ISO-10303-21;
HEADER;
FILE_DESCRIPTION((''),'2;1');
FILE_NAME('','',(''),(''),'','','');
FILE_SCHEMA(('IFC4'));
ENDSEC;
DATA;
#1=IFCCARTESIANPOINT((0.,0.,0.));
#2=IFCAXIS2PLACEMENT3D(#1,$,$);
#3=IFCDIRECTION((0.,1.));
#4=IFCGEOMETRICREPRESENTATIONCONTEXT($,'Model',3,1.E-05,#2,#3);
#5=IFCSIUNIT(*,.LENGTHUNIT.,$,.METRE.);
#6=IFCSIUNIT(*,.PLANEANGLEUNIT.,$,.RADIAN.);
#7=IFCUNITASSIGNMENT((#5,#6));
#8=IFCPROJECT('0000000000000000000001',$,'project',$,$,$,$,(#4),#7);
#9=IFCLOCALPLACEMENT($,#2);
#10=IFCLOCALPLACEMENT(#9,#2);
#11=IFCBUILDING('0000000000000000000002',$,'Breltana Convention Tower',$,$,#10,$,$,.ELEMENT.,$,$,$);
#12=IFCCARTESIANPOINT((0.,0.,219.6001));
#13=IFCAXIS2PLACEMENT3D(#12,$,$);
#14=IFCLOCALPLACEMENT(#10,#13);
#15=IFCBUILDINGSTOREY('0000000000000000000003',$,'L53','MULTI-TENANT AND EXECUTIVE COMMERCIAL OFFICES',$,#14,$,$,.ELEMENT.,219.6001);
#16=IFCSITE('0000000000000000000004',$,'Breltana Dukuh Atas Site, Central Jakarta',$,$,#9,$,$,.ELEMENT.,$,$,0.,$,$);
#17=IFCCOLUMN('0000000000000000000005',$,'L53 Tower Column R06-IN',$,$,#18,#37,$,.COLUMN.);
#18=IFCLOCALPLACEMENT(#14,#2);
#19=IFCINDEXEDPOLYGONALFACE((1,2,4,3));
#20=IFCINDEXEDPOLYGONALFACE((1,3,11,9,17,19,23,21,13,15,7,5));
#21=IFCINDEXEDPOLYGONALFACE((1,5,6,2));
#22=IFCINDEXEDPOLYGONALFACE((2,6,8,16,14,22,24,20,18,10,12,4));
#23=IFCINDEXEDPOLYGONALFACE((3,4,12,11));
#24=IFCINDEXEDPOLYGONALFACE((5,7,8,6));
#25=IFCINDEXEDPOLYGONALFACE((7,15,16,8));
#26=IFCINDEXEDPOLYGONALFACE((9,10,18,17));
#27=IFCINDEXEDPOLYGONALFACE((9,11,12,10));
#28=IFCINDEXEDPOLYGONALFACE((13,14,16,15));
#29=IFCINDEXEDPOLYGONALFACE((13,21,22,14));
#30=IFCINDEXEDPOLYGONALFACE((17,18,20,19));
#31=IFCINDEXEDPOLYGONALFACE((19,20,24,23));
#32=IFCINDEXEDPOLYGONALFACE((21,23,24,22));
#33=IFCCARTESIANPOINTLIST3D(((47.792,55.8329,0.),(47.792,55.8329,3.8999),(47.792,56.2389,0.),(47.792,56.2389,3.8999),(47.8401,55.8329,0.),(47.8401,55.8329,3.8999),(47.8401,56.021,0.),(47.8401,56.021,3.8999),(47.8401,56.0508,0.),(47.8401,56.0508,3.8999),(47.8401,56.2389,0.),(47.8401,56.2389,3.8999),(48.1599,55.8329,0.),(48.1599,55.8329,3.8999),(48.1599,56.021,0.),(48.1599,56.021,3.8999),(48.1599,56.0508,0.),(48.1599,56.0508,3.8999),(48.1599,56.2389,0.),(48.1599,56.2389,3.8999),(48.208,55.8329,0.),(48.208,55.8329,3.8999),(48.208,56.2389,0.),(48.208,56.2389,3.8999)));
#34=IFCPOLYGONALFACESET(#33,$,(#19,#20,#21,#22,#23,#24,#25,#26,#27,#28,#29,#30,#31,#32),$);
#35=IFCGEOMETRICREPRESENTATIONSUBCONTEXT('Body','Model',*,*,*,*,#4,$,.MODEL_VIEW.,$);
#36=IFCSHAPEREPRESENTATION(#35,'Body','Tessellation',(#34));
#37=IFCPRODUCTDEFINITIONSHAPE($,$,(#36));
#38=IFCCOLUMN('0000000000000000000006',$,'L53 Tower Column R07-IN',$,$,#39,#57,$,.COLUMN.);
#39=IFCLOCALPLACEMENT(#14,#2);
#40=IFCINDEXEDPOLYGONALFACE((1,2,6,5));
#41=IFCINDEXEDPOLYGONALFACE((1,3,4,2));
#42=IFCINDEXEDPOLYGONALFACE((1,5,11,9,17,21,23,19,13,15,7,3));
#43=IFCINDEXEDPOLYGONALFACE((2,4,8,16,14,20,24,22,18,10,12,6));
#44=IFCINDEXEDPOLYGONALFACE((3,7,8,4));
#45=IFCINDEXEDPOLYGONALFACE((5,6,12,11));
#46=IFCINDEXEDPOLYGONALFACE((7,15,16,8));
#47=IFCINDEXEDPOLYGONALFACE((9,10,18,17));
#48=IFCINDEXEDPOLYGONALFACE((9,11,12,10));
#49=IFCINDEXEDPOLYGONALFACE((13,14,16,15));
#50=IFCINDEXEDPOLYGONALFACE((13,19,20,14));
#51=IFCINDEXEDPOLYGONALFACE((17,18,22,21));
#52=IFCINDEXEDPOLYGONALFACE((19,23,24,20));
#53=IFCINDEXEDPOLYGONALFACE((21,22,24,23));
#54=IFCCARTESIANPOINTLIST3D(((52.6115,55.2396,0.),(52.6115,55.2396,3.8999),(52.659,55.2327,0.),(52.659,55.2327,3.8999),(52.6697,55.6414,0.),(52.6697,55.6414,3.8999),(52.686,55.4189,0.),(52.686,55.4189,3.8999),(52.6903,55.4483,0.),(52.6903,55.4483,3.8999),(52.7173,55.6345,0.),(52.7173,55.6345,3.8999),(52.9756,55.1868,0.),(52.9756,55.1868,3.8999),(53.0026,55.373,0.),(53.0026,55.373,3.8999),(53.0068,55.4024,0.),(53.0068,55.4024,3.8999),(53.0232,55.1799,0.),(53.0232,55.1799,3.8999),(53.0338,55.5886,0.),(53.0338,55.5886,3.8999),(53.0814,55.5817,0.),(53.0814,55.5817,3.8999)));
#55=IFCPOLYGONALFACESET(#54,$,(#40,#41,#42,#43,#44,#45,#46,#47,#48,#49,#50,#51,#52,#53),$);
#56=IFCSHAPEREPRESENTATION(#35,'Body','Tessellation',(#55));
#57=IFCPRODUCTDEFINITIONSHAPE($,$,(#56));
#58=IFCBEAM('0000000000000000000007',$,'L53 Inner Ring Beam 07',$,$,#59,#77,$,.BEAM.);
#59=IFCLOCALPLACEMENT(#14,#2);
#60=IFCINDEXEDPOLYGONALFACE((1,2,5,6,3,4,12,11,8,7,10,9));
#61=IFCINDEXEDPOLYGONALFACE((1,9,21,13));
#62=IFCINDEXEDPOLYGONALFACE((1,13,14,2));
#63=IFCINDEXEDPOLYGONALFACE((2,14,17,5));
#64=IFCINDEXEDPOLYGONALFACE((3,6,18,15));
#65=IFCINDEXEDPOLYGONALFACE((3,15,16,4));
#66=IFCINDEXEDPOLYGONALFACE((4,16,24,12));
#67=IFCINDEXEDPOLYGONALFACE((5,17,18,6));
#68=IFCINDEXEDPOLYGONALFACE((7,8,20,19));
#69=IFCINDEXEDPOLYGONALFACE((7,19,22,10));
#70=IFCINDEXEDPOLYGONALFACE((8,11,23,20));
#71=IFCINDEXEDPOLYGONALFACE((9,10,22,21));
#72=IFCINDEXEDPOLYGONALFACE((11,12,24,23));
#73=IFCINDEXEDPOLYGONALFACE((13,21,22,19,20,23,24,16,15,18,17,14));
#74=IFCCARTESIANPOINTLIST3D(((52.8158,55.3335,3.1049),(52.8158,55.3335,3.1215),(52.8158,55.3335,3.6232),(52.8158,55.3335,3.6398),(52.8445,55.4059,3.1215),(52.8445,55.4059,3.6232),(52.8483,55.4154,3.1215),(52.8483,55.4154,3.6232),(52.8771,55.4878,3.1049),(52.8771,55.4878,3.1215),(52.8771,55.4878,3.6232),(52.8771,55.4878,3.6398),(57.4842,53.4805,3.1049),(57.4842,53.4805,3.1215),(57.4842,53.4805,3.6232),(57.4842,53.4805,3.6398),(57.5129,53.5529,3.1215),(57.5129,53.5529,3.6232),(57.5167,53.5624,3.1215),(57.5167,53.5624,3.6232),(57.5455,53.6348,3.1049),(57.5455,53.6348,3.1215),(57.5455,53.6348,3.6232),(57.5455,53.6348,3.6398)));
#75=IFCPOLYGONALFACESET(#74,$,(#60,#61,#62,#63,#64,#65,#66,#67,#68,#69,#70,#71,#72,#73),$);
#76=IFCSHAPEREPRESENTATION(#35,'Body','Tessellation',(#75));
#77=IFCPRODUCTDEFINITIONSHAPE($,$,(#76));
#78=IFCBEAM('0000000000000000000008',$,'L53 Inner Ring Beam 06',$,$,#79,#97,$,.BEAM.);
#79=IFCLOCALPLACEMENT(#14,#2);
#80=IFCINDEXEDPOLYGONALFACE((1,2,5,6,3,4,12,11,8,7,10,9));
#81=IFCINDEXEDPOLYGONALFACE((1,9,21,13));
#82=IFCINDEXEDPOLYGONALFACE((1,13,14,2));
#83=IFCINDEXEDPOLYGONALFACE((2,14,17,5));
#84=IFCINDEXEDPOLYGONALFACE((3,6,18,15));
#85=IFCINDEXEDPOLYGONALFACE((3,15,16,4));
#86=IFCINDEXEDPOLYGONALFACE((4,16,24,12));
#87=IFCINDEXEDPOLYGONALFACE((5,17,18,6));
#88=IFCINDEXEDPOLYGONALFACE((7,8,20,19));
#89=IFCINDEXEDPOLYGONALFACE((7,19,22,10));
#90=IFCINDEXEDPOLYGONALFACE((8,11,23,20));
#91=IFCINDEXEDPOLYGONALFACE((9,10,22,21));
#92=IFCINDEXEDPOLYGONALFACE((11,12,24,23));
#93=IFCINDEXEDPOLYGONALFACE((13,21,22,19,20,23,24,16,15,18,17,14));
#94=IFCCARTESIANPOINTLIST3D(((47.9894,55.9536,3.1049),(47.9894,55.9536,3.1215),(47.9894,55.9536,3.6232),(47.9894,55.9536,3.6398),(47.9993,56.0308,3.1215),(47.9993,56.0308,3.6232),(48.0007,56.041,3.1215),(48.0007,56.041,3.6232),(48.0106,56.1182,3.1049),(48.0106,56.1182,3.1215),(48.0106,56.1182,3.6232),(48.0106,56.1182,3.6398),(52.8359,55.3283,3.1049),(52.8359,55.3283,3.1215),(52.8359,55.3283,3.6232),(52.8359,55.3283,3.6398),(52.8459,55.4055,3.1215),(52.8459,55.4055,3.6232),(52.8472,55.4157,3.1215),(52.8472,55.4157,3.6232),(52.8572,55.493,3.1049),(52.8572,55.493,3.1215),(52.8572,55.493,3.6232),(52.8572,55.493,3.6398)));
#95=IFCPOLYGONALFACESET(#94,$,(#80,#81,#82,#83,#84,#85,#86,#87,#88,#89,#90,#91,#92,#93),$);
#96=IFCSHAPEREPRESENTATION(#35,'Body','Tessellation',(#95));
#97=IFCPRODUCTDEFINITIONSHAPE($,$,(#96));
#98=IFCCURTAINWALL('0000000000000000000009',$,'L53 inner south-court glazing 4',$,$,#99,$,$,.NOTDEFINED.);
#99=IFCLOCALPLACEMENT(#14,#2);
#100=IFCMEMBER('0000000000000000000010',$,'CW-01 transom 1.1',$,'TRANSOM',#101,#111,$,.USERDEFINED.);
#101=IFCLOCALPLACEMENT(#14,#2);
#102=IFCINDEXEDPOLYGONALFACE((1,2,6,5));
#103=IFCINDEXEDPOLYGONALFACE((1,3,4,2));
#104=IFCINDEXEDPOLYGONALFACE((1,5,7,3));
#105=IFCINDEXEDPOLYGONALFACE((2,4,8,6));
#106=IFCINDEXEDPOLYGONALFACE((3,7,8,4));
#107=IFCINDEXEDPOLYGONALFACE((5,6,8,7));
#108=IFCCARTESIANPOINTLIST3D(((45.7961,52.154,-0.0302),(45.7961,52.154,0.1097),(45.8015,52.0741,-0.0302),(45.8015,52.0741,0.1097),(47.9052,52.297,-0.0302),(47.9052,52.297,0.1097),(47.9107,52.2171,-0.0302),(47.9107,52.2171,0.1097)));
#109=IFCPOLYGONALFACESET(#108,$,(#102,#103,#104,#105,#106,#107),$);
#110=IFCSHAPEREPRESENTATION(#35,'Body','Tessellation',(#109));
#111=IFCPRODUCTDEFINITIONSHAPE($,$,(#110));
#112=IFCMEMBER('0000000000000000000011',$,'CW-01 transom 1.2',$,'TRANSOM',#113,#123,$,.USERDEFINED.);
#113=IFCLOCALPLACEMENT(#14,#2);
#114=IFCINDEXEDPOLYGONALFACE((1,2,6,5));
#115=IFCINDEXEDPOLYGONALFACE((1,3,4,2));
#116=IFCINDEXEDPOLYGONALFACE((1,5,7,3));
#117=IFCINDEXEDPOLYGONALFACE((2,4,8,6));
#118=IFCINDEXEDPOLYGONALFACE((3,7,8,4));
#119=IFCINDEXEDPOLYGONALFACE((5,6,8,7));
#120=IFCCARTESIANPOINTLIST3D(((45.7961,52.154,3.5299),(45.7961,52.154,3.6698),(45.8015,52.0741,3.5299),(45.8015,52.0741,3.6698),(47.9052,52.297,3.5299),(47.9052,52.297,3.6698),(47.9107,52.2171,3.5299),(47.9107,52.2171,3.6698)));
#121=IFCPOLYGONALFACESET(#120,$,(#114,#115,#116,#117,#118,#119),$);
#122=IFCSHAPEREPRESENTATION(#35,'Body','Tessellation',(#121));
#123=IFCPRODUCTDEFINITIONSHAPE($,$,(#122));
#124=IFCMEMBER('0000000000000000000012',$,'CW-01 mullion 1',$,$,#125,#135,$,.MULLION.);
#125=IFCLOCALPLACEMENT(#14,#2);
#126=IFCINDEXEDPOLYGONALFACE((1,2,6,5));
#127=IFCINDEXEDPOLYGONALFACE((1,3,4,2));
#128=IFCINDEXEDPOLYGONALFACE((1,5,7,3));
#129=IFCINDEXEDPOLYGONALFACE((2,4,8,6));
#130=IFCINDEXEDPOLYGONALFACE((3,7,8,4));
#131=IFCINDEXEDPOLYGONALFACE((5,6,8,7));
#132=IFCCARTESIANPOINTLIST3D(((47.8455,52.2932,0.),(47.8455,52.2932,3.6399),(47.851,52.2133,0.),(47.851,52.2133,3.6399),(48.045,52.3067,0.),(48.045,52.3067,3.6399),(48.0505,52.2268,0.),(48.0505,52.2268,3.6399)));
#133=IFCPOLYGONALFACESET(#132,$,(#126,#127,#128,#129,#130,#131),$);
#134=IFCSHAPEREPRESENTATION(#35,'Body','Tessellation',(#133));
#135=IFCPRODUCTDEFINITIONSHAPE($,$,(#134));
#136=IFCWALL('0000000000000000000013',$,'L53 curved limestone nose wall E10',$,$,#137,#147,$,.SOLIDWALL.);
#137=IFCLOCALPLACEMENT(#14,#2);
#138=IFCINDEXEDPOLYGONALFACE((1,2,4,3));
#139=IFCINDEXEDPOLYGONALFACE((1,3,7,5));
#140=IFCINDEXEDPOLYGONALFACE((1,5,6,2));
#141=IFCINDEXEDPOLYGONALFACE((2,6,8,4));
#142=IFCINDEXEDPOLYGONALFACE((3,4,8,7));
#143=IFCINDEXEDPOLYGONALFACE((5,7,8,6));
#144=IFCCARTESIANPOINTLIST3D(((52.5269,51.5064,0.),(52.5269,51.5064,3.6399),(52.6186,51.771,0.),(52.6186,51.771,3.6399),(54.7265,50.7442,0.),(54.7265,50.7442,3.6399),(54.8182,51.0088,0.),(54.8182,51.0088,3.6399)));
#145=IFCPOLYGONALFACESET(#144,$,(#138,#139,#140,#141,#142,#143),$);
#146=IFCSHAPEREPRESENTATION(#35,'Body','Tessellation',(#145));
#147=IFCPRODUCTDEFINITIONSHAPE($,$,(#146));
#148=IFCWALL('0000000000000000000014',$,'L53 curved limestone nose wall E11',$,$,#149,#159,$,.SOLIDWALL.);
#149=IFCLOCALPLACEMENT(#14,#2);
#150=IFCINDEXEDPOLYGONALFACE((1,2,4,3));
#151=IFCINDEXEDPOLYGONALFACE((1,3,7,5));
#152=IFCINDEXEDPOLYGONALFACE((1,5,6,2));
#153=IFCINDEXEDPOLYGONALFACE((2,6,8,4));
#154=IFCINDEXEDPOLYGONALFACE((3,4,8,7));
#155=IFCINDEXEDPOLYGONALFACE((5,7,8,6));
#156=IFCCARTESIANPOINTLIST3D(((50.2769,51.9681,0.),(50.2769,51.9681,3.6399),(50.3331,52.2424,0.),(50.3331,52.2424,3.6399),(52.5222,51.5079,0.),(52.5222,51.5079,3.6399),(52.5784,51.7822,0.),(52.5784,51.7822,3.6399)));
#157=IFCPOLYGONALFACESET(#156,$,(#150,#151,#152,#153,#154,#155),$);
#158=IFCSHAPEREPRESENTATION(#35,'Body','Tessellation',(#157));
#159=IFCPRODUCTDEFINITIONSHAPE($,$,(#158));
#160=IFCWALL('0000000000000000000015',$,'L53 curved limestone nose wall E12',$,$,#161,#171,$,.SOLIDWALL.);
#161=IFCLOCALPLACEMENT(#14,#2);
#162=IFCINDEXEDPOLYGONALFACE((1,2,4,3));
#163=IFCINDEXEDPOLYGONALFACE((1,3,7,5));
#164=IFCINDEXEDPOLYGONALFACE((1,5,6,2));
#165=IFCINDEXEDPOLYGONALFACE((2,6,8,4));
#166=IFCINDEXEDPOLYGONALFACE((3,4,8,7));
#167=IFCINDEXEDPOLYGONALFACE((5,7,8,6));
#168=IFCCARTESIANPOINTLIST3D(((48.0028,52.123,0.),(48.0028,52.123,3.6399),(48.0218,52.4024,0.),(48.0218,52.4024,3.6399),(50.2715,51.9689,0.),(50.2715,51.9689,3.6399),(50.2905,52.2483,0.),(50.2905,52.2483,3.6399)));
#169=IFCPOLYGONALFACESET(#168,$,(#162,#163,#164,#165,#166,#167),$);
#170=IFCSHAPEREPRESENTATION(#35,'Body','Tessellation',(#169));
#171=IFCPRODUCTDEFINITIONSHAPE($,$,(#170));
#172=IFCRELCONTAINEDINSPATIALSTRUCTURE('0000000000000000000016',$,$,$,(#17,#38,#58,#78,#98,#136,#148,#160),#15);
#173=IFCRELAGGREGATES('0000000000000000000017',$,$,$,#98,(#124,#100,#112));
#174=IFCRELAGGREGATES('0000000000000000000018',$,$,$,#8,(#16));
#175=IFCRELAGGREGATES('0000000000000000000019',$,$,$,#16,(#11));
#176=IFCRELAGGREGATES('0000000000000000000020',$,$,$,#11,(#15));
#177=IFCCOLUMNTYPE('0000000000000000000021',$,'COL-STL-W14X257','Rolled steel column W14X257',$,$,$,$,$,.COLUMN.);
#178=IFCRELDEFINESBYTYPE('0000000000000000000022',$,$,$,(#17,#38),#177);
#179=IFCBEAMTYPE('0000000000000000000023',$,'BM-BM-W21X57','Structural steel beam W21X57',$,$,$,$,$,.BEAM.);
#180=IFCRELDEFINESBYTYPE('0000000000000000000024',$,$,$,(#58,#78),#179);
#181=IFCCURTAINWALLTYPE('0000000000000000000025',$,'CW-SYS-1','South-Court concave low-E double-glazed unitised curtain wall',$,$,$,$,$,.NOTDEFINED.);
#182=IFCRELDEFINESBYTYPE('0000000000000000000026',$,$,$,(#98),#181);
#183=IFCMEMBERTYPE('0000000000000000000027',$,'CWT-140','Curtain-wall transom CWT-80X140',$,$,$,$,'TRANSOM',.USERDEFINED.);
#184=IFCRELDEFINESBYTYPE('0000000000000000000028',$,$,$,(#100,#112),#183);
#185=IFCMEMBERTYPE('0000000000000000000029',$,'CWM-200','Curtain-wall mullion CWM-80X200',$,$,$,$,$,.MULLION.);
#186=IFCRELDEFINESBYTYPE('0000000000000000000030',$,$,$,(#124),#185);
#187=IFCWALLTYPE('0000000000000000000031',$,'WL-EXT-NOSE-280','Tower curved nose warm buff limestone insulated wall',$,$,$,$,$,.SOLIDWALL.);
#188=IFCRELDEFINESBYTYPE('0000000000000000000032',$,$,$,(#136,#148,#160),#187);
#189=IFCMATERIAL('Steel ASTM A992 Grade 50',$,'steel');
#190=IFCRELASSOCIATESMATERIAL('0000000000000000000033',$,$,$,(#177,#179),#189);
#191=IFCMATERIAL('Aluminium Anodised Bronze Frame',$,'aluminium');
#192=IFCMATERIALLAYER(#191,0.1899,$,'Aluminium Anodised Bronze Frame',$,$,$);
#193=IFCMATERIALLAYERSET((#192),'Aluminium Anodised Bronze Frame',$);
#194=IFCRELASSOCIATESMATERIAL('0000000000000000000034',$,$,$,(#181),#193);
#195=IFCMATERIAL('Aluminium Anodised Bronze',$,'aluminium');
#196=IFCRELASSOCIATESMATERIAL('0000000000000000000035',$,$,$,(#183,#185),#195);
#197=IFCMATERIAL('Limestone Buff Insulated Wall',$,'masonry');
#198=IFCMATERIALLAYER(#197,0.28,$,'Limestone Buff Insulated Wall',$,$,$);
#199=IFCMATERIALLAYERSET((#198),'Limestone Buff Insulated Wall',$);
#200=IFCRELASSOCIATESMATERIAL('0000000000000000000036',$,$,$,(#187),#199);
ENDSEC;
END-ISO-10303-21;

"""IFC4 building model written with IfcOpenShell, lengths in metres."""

from ifc_helpers import new_model, si_unit, direction, frame, frame_2d, origin, origin_2d, place, context, subcontext, project, spatial, rectangle, i_section, extrude, source, transform, mapped, material, layer, layer_set, material_profile, profile_set, type_object, element, aggregate, save


model = new_model("IFC4")

# Units and contexts
model_context = context("Model", 3, precision=1e-05, world=origin(), true_north=direction((0.0, 1.0)))
body_context = subcontext(model_context, "Body", "Model", "MODEL_VIEW")
ifc_project = project(units=[si_unit("LENGTHUNIT", "METRE"), si_unit("PLANEANGLEUNIT", "RADIAN")], contexts=[model_context])

# Site, building, storey
site_placement = place(None, origin())
site = spatial("IfcSite", under=ifc_project, at=site_placement, Name="Breltana Dukuh Atas Site, Central Jakarta", CompositionType="ELEMENT", RefElevation=0.0)
building_placement = place(site_placement, origin())
building = spatial("IfcBuilding", under=site, at=building_placement, Name="Breltana Convention Tower", CompositionType="ELEMENT")
storey_placement = place(building_placement, frame((0.0, 0.0, 219.6001)))
storey = spatial("IfcBuildingStorey", under=building, at=storey_placement, Name="L53", Description="MULTI-TENANT AND EXECUTIVE COMMERCIAL OFFICES", CompositionType="ELEMENT", Elevation=219.6001)

# Columns
ifc_material_1 = material(Name="Steel ASTM A992 Grade 50", Category="steel")
ifc_material_profile_1 = material_profile(ifc_material_1, i_section(OverallWidth=0.406, OverallDepth=0.416, WebThickness=0.0298, FlangeThickness=0.0481, at=origin_2d()), Name="W14X257")
ifc_profile_set_1 = profile_set([ifc_material_profile_1], Name="Steel ASTM A992 Grade 50")
column_type = type_object("IfcColumnType", Name="COL-STL-W14X257", Description="Rolled steel column W14X257", PredefinedType="COLUMN", material=ifc_profile_set_1)
shared_shape_1 = source(origin(), body_context, "Body", "SweptSolid", [
    extrude(i_section(OverallWidth=0.406, OverallDepth=0.416, WebThickness=0.0298, FlangeThickness=0.0481, at=origin_2d()), origin(), (0.0, 0.0, 1.0), 3.8999),
])
for number, where, z_axis, x_axis, name in (
    (1, (48.0, 56.0359, 0.0), (0.0, 0.0, 1.0), (0.0, 1.0, 0.0), "L53 Tower Column R06-IN"),
    (2, (52.8464, 55.4106, 0.0), (0.0, 0.0, 1.0), (0.143493, 0.989651, 0.0), "L53 Tower Column R07-IN"),
):
    element("IfcColumn", number, at=place(storey_placement, frame(where, z_axis=z_axis, x_axis=x_axis)), inside=storey, type_object=column_type, Name=name, PredefinedType="COLUMN", context=body_context, shape_type="MappedRepresentation", body=[
        mapped(shared_shape_1, transform((0.0, 0.0, 0.0), scale=1.0)),
    ])

# Beams
ifc_material_profile_2 = material_profile(ifc_material_1, i_section(OverallWidth=0.166, OverallDepth=0.5349, WebThickness=0.0103, FlangeThickness=0.0166, at=origin_2d()), Name="W21X57")
ifc_profile_set_2 = profile_set([ifc_material_profile_2], Name="Steel ASTM A992 Grade 50")
beam_type = type_object("IfcBeamType", Name="BM-BM-W21X57", Description="Structural steel beam W21X57", PredefinedType="BEAM", material=ifc_profile_set_2)
shared_shape_2 = source(origin(), body_context, "Body", "SweptSolid", [
    extrude(i_section(OverallWidth=0.166, OverallDepth=0.5349, WebThickness=0.0103, FlangeThickness=0.0166, at=origin_2d()), origin(), (0.0, 0.0, 1.0), 5.0227),
])
beam_1_placement = place(storey_placement, frame((52.8464, 55.4106, 3.3723), z_axis=(0.929459, -0.368926, 0.0), x_axis=(0.368926, 0.929459, 0.0)))
element("IfcBeam", 3, at=beam_1_placement, inside=storey, type_object=beam_type, Name="L53 Inner Ring Beam 07", PredefinedType="BEAM", context=body_context, shape_type="MappedRepresentation", body=[
    mapped(shared_shape_2, transform((0.0, 0.0, 0.0), scale=1.0)),
])
shared_shape_3 = source(origin(), body_context, "Body", "SweptSolid", [
    extrude(i_section(OverallWidth=0.166, OverallDepth=0.5349, WebThickness=0.0103, FlangeThickness=0.0166, at=origin_2d()), origin(), (0.0, 0.0, 1.0), 4.8867),
])
beam_2_placement = place(storey_placement, frame((48.0, 56.0359, 3.3723), z_axis=(0.991781, -0.127951, 0.0), x_axis=(0.127951, 0.991781, 0.0)))
element("IfcBeam", 4, at=beam_2_placement, inside=storey, type_object=beam_type, Name="L53 Inner Ring Beam 06", PredefinedType="BEAM", context=body_context, shape_type="MappedRepresentation", body=[
    mapped(shared_shape_3, transform((0.0, 0.0, 0.0), scale=1.0)),
])

# Curtain wall, members
ifc_material_2 = material(Name="Aluminium Anodised Bronze Frame", Category="aluminium")
ifc_layer_1 = layer(ifc_material_2, 0.1899, Name="Aluminium Anodised Bronze Frame")
ifc_layer_set_1 = layer_set([ifc_layer_1], Name="Aluminium Anodised Bronze Frame")
curtain_wall_type = type_object("IfcCurtainWallType", Name="CW-SYS-1", Description="South-Court concave low-E double-glazed unitised curtain wall", PredefinedType="NOTDEFINED", material=ifc_layer_set_1)
curtain_wall_placement = place(storey_placement, origin())
curtain_wall = element("IfcCurtainWall", 5, at=curtain_wall_placement, inside=storey, type_object=curtain_wall_type, Name="L53 inner south-court glazing 4", PredefinedType="NOTDEFINED")
ifc_material_3 = material(Name="Aluminium Anodised Bronze", Category="aluminium")
ifc_material_profile_3 = material_profile(ifc_material_3, rectangle(XDim=0.0801, YDim=0.1399, at=origin_2d()), Name="CWT-80X140")
ifc_profile_set_3 = profile_set([ifc_material_profile_3], Name="Aluminium Anodised Bronze")
member_type_1 = type_object("IfcMemberType", Name="CWT-140", Description="Curtain-wall transom CWT-80X140", ElementType="TRANSOM", PredefinedType="USERDEFINED", material=ifc_profile_set_3)
shared_shape_4 = source(origin(), body_context, "Body", "SweptSolid", [
    extrude(rectangle(XDim=0.0801, YDim=0.1399, at=origin_2d()), origin(), (0.0, 0.0, 1.0), 2.114),
])
member_1_placement = place(storey_placement, frame((47.908, 52.2571, 0.0398), z_axis=(-0.997707, -0.067676, 0.0), x_axis=(0.067676, -0.997707, 0.0)))
member_1 = element("IfcMember", 6, at=member_1_placement, type_object=member_type_1, Name="CW-01 transom 1.1", ObjectType="TRANSOM", PredefinedType="USERDEFINED", context=body_context, shape_type="MappedRepresentation", body=[
    mapped(shared_shape_4, transform((0.0, 0.0, 0.0), scale=1.0)),
])
member_2_placement = place(storey_placement, frame((47.908, 52.2571, 3.5999), z_axis=(-0.997707, -0.067676, 0.0), x_axis=(0.067676, -0.997707, 0.0)))
member_2 = element("IfcMember", 7, at=member_2_placement, type_object=member_type_1, Name="CW-01 transom 1.2", ObjectType="TRANSOM", PredefinedType="USERDEFINED", context=body_context, shape_type="MappedRepresentation", body=[
    mapped(shared_shape_4, transform((0.0, 0.0, 0.0), scale=1.0)),
])
ifc_material_profile_4 = material_profile(ifc_material_3, rectangle(XDim=0.0801, YDim=0.2, at=origin_2d()), Name="CWM-80X200")
ifc_profile_set_4 = profile_set([ifc_material_profile_4], Name="Aluminium Anodised Bronze")
member_type_2 = type_object("IfcMemberType", Name="CWM-200", Description="Curtain-wall mullion CWM-80X200", PredefinedType="MULLION", material=ifc_profile_set_4)
shared_shape_5 = source(origin(), body_context, "Body", "SweptSolid", [
    extrude(rectangle(XDim=0.0801, YDim=0.2, at=origin_2d()), origin(), (0.0, 0.0, 1.0), 3.6399),
])
member_3_placement = place(storey_placement, frame((47.948, 52.26, 0.0), z_axis=(0.0, 0.0, 1.0), x_axis=(0.067724, -0.997704, 0.0)))
member_3 = element("IfcMember", 8, at=member_3_placement, type_object=member_type_2, Name="CW-01 mullion 1", PredefinedType="MULLION", context=body_context, shape_type="MappedRepresentation", body=[
    mapped(shared_shape_5, transform((0.0, 0.0, 0.0), scale=1.0)),
])
aggregate(curtain_wall, [member_3, member_1, member_2])

# Walls
ifc_material_4 = material(Name="Limestone Buff Insulated Wall", Category="masonry")
ifc_layer_2 = layer(ifc_material_4, 0.28, Name="Limestone Buff Insulated Wall")
ifc_layer_set_2 = layer_set([ifc_layer_2], Name="Limestone Buff Insulated Wall")
wall_type_1 = type_object("IfcWallType", Name="WL-EXT-NOSE-280", Description="Tower curved nose warm buff limestone insulated wall", PredefinedType="SOLIDWALL", material=ifc_layer_set_2)
shared_shape_6 = source(origin(), body_context, "Body", "SweptSolid", [
    extrude(rectangle(XDim=2.3279, YDim=0.28, at=frame_2d((1.1641, 0.0))), origin(), (0.0, 0.0, 1.0), 3.6399),
])
wall_1_placement = place(storey_placement, frame((54.7725, 50.8765, 0.0), z_axis=(0.0, 0.0, 1.0), x_axis=(-0.944873, 0.327438, 0.0)))
element("IfcWall", 9, at=wall_1_placement, inside=storey, type_object=wall_type_1, Name="L53 curved limestone nose wall E10", PredefinedType="SOLIDWALL", context=body_context, shape_type="MappedRepresentation", body=[
    mapped(shared_shape_6, transform((0.0, 0.0, 0.0), scale=1.0)),
])
shared_shape_7 = source(origin(), body_context, "Body", "SweptSolid", [
    extrude(rectangle(XDim=2.292, YDim=0.28, at=frame_2d((1.146, 0.0))), origin(), (0.0, 0.0, 1.0), 3.6399),
])
wall_2_placement = place(storey_placement, frame((52.5503, 51.645, 0.0), z_axis=(0.0, 0.0, 1.0), x_axis=(-0.979635, 0.200784, 0.0)))
element("IfcWall", 10, at=wall_2_placement, inside=storey, type_object=wall_type_1, Name="L53 curved limestone nose wall E11", PredefinedType="SOLIDWALL", context=body_context, shape_type="MappedRepresentation", body=[
    mapped(shared_shape_7, transform((0.0, 0.0, 0.0), scale=1.0)),
])
shared_shape_8 = source(origin(), body_context, "Body", "SweptSolid", [
    extrude(rectangle(XDim=2.2739, YDim=0.28, at=frame_2d((1.137, 0.0))), origin(), (0.0, 0.0, 1.0), 3.6399),
])
wall_3_placement = place(storey_placement, frame((50.281, 52.1086, 0.0), z_axis=(0.0, 0.0, 1.0), x_axis=(-0.997703, 0.067745, 0.0)))
element("IfcWall", 11, at=wall_3_placement, inside=storey, type_object=wall_type_1, Name="L53 curved limestone nose wall E12", PredefinedType="SOLIDWALL", context=body_context, shape_type="MappedRepresentation", body=[
    mapped(shared_shape_8, transform((0.0, 0.0, 0.0), scale=1.0)),
])

save(model, "model.ifc")
